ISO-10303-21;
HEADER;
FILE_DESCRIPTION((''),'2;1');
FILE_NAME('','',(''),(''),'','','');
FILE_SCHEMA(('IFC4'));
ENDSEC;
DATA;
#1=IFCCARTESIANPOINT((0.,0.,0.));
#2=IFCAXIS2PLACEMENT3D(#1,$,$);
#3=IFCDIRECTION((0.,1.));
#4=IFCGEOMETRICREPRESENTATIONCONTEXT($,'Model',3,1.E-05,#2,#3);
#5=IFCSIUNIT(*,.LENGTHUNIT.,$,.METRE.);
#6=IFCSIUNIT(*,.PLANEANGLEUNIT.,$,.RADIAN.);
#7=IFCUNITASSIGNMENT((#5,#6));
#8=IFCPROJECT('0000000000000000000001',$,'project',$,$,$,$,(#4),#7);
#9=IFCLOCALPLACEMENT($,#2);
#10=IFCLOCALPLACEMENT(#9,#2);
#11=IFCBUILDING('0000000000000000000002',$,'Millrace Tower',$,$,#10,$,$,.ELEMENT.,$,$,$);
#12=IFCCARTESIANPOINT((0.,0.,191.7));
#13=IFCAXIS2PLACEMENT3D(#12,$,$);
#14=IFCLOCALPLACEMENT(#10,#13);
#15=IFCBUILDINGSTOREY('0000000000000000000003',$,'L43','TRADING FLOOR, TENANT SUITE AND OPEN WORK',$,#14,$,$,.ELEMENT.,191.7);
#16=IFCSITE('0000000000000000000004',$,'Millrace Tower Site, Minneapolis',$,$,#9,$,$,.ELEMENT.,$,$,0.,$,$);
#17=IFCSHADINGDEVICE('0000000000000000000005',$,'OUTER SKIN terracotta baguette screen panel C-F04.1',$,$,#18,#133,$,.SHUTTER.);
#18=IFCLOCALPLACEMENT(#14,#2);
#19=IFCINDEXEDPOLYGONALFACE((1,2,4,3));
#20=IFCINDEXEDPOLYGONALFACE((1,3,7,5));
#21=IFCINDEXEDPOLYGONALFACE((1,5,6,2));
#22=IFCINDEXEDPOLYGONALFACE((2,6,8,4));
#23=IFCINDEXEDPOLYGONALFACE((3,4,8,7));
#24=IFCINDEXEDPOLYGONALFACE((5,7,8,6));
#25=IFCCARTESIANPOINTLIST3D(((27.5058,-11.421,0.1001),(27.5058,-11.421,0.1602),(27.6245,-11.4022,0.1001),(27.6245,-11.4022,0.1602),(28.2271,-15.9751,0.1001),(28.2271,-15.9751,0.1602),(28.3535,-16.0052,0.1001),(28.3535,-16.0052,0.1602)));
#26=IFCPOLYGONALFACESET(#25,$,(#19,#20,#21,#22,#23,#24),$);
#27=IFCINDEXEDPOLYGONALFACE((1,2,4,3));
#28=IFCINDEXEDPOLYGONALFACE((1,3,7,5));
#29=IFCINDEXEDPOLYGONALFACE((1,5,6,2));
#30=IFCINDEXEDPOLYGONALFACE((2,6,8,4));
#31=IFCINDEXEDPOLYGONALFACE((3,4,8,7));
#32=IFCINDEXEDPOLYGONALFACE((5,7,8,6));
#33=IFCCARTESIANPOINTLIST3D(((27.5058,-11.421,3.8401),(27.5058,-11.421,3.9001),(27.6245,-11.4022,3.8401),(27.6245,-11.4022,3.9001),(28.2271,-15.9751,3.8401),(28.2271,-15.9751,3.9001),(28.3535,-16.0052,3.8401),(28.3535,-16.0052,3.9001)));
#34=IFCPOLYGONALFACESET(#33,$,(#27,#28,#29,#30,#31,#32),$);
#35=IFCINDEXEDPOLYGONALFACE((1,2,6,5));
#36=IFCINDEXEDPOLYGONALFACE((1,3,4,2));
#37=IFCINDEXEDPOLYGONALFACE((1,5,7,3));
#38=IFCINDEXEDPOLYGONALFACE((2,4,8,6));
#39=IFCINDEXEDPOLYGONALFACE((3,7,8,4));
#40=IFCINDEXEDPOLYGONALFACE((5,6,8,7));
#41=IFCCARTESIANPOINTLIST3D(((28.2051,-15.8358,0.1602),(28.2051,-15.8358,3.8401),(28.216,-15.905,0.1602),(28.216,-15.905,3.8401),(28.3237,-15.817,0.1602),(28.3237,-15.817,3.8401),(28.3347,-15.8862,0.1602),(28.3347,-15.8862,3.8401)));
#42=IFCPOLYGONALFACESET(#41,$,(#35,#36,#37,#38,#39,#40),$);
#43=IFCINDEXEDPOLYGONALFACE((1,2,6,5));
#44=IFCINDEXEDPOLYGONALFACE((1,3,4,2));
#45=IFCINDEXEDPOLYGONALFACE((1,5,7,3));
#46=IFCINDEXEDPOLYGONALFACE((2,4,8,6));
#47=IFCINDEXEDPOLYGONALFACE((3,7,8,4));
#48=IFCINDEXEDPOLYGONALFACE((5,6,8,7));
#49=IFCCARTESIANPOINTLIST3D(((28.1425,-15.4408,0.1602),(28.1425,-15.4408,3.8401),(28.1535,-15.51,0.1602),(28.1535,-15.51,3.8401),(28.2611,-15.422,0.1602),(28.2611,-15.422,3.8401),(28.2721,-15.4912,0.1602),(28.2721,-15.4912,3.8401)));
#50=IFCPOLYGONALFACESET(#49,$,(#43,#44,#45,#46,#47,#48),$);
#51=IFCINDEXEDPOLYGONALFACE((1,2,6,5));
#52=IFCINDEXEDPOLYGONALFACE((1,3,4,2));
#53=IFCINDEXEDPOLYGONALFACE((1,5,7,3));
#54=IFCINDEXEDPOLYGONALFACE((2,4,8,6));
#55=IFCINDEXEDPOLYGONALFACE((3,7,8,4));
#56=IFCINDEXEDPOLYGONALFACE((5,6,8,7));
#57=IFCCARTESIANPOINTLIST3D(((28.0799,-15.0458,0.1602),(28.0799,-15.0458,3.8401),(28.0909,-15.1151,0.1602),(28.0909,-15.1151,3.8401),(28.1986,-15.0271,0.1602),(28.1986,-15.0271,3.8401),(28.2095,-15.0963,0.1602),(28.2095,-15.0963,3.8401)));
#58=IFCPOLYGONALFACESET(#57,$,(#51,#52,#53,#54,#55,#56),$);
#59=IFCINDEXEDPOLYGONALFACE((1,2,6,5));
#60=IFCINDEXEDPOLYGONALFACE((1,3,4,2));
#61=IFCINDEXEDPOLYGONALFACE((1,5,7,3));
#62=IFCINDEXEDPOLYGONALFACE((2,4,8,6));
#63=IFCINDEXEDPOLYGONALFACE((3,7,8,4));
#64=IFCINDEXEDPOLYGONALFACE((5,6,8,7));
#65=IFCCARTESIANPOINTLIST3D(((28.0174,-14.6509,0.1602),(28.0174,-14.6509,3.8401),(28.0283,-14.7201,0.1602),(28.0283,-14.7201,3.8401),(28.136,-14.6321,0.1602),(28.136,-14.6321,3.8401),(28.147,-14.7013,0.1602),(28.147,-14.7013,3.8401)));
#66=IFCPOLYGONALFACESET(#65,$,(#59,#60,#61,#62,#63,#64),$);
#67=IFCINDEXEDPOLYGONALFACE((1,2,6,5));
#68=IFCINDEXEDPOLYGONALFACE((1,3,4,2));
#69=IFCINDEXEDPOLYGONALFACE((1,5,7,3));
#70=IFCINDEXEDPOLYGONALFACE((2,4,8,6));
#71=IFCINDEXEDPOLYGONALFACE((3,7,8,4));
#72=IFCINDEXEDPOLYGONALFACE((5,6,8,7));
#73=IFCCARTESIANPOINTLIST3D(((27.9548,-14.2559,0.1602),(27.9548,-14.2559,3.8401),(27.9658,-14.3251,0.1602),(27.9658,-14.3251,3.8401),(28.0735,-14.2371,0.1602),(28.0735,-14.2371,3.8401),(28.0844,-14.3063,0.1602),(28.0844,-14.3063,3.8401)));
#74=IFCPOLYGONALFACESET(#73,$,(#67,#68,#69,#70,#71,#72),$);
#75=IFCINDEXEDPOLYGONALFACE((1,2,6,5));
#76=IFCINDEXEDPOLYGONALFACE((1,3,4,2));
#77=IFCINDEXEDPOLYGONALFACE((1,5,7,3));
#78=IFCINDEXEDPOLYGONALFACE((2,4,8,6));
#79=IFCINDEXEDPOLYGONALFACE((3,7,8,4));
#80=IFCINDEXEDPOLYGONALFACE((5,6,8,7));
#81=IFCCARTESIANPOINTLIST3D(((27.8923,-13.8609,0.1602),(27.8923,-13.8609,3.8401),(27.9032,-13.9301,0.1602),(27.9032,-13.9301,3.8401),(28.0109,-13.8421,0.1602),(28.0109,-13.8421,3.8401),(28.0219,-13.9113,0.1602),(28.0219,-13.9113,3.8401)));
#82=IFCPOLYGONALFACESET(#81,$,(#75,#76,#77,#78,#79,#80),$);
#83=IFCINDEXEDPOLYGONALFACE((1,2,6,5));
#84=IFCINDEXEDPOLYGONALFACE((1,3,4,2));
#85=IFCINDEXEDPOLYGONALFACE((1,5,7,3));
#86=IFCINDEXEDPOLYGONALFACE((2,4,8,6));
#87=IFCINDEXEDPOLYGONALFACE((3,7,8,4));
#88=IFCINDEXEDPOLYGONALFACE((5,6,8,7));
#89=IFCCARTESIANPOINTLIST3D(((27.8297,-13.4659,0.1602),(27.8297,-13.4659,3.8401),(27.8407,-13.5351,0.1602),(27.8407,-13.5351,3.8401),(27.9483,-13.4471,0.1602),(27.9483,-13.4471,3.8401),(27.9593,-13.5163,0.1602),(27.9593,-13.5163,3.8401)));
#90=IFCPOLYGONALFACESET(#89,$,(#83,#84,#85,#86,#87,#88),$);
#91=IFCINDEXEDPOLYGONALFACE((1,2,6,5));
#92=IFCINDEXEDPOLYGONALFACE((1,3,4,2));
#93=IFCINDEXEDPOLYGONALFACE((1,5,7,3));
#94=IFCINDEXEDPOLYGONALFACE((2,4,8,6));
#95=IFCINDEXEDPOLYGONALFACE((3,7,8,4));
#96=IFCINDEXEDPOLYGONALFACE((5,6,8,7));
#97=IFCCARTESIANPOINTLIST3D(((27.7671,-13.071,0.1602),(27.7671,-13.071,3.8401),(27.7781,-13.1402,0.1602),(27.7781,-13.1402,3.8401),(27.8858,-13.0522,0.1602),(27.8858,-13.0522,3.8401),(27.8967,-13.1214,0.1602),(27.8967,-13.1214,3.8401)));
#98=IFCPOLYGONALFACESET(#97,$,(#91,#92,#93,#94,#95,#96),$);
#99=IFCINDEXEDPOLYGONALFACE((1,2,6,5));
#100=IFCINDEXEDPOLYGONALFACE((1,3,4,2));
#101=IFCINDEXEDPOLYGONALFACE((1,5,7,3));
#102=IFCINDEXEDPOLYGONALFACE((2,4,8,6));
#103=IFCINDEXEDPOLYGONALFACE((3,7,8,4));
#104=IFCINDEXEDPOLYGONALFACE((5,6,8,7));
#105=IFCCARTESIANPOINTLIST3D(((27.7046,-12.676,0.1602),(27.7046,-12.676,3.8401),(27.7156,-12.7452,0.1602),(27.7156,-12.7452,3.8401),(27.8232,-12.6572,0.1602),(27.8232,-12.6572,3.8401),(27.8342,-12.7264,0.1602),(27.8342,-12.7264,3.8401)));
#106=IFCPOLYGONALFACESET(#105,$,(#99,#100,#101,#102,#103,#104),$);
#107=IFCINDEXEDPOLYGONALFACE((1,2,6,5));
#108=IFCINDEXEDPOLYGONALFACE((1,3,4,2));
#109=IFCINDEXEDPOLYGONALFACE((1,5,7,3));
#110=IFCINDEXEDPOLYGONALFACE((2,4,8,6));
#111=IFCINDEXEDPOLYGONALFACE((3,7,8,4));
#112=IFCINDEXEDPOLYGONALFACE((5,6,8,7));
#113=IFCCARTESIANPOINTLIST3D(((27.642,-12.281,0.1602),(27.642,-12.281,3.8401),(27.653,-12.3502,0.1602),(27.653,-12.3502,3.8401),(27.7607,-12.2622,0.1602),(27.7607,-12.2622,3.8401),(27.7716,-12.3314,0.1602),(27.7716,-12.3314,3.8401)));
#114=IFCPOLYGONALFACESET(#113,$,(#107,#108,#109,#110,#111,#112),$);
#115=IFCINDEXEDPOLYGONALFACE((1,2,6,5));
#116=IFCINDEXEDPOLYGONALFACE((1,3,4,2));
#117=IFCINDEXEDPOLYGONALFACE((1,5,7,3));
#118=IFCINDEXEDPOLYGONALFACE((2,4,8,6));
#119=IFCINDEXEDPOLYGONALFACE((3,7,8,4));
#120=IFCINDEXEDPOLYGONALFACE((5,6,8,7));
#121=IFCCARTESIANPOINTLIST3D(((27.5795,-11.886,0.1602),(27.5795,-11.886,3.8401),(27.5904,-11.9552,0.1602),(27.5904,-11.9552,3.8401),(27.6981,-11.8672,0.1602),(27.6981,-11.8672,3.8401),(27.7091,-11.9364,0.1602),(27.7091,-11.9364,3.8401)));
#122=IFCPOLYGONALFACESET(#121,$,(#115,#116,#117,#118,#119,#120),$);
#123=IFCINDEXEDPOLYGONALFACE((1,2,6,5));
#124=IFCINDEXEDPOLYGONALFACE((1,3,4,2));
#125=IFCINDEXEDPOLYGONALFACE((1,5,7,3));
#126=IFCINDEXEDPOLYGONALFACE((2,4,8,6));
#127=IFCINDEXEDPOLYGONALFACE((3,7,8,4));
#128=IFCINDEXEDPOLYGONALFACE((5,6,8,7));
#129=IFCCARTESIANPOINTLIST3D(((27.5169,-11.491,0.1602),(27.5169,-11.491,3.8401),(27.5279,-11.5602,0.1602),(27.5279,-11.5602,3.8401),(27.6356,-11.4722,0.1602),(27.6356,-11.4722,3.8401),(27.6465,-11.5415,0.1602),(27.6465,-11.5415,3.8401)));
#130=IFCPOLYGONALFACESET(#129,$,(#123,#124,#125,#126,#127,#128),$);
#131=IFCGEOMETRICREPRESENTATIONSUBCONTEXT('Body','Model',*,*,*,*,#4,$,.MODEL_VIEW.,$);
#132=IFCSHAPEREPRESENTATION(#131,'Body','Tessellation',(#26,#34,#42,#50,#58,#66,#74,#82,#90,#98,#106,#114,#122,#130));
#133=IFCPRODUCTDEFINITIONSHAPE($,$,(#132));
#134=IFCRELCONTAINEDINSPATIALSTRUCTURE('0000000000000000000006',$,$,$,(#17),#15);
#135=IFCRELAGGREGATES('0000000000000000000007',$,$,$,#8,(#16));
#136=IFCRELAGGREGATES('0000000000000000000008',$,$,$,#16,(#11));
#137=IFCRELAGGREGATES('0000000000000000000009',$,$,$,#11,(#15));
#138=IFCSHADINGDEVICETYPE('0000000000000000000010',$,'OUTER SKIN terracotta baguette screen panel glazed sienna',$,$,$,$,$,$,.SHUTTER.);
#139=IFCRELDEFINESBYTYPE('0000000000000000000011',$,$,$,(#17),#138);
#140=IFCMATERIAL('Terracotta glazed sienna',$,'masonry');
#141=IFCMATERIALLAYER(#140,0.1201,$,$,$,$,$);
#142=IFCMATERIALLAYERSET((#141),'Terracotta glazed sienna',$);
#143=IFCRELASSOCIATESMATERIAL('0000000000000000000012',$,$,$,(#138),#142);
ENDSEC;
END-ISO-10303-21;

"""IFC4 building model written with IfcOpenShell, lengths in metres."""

from ifc_helpers import new_model, entity, si_unit, direction, frame, frame_2d, origin, place, context, subcontext, project, spatial, rectangle, extrude, source, transform, mapped, material, layer, layer_set, type_object, element, save


model = new_model("IFC4")

# Units and contexts
model_context = context("Model", 3, precision=1e-05, world=origin(), true_north=direction((0.0, 1.0)))
body_context = subcontext(model_context, "Body", "Model", "MODEL_VIEW")
ifc_project = project(units=[si_unit("LENGTHUNIT", "METRE"), si_unit("PLANEANGLEUNIT", "RADIAN")], contexts=[model_context])

# Site, building, storey
site_placement = place(None, origin())
site = spatial("IfcSite", under=ifc_project, at=site_placement, Name="Millrace Tower Site, Minneapolis", CompositionType="ELEMENT", RefElevation=0.0)
building_placement = place(site_placement, origin())
building = spatial("IfcBuilding", under=site, at=building_placement, Name="Millrace Tower", CompositionType="ELEMENT")
storey_placement = place(building_placement, frame((0.0, 0.0, 191.7)))
storey = spatial("IfcBuildingStorey", under=building, at=storey_placement, Name="L43", Description="TRADING FLOOR, TENANT SUITE AND OPEN WORK", CompositionType="ELEMENT", Elevation=191.7)

# Shading device
ifc_material_1 = material(Name="Terracotta glazed sienna", Category="masonry")
ifc_layer_1 = layer(ifc_material_1, 0.1201)
ifc_layer_set_1 = layer_set([ifc_layer_1], Name="Terracotta glazed sienna")
shading_device_type = type_object("IfcShadingDeviceType", Name="OUTER SKIN terracotta baguette screen panel glazed sienna", PredefinedType="SHUTTER", material=ifc_layer_set_1)
cartesian_point_1 = entity("IfcCartesianPoint", [-2.293, 0.0601])
shared_polyline_1 = entity("IfcPolyline", [cartesian_point_1, entity("IfcCartesianPoint", [2.3179, 0.0601]), entity("IfcCartesianPoint", [2.3179, -0.0601]), entity("IfcCartesianPoint", [-2.3425, -0.0601]), cartesian_point_1])
shared_shape_1 = source(origin(), body_context, "Body", "SweptSolid", [
    entity("IfcExtrudedAreaSolid", entity("IfcArbitraryClosedProfileDef", "AREA", None, shared_polyline_1), entity("IfcAxis2Placement3D", entity("IfcCartesianPoint", [0.0, 0.0, 0.0])), entity("IfcDirection", [0.0, 0.0, 1.0]), 0.0601),
    entity("IfcExtrudedAreaSolid", entity("IfcArbitraryClosedProfileDef", "AREA", None, shared_polyline_1), entity("IfcAxis2Placement3D", entity("IfcCartesianPoint", [0.0, 0.0, 3.74])), entity("IfcDirection", [0.0, 0.0, 1.0]), 0.0601),
    extrude(rectangle(XDim=0.0701, YDim=0.1201, at=frame_2d((-2.187, 0.0))), frame((0.0, 0.0, 0.0601)), (0.0, 0.0, 1.0), 3.6799),
    extrude(rectangle(XDim=0.0701, YDim=0.1201, at=frame_2d((-1.7871, 0.0))), frame((0.0, 0.0, 0.0601)), (0.0, 0.0, 1.0), 3.6799),
    extrude(rectangle(XDim=0.0701, YDim=0.1201, at=frame_2d((-1.3872, 0.0))), frame((0.0, 0.0, 0.0601)), (0.0, 0.0, 1.0), 3.6799),
    extrude(rectangle(XDim=0.0701, YDim=0.1201, at=frame_2d((-0.9873, 0.0))), frame((0.0, 0.0, 0.0601)), (0.0, 0.0, 1.0), 3.6799),
    extrude(rectangle(XDim=0.0701, YDim=0.1201, at=frame_2d((-0.5874, 0.0))), frame((0.0, 0.0, 0.0601)), (0.0, 0.0, 1.0), 3.6799),
    extrude(rectangle(XDim=0.0701, YDim=0.1201, at=frame_2d((-0.1875, 0.0))), frame((0.0, 0.0, 0.0601)), (0.0, 0.0, 1.0), 3.6799),
    extrude(rectangle(XDim=0.0701, YDim=0.1201, at=frame_2d((0.2124, 0.0))), frame((0.0, 0.0, 0.0601)), (0.0, 0.0, 1.0), 3.6799),
    extrude(rectangle(XDim=0.0701, YDim=0.1201, at=frame_2d((0.6123, 0.0))), frame((0.0, 0.0, 0.0601)), (0.0, 0.0, 1.0), 3.6799),
    extrude(rectangle(XDim=0.0701, YDim=0.1201, at=frame_2d((1.0122, 0.0))), frame((0.0, 0.0, 0.0601)), (0.0, 0.0, 1.0), 3.6799),
    extrude(rectangle(XDim=0.0701, YDim=0.1201, at=frame_2d((1.4121, 0.0))), frame((0.0, 0.0, 0.0601)), (0.0, 0.0, 1.0), 3.6799),
    extrude(rectangle(XDim=0.0701, YDim=0.1201, at=frame_2d((1.812, 0.0))), frame((0.0, 0.0, 0.0601)), (0.0, 0.0, 1.0), 3.6799),
    extrude(rectangle(XDim=0.0701, YDim=0.1201, at=frame_2d((2.2119, 0.0))), frame((0.0, 0.0, 0.0601)), (0.0, 0.0, 1.0), 3.6799),
])
shading_device_1_placement = place(storey_placement, frame((27.9277, -13.7009, 0.1001), z_axis=(0.0, 0.0, 1.0), x_axis=(-0.156434, 0.987688, 0.0)))
element("IfcShadingDevice", 1, at=shading_device_1_placement, inside=storey, type_object=shading_device_type, Name="OUTER SKIN terracotta baguette screen panel C-F04.1", PredefinedType="SHUTTER", context=body_context, shape_type="MappedRepresentation", body=[
    mapped(shared_shape_1, transform((0.0, 0.0, 0.0), scale=1.0)),
])

save(model, "model.ifc")
